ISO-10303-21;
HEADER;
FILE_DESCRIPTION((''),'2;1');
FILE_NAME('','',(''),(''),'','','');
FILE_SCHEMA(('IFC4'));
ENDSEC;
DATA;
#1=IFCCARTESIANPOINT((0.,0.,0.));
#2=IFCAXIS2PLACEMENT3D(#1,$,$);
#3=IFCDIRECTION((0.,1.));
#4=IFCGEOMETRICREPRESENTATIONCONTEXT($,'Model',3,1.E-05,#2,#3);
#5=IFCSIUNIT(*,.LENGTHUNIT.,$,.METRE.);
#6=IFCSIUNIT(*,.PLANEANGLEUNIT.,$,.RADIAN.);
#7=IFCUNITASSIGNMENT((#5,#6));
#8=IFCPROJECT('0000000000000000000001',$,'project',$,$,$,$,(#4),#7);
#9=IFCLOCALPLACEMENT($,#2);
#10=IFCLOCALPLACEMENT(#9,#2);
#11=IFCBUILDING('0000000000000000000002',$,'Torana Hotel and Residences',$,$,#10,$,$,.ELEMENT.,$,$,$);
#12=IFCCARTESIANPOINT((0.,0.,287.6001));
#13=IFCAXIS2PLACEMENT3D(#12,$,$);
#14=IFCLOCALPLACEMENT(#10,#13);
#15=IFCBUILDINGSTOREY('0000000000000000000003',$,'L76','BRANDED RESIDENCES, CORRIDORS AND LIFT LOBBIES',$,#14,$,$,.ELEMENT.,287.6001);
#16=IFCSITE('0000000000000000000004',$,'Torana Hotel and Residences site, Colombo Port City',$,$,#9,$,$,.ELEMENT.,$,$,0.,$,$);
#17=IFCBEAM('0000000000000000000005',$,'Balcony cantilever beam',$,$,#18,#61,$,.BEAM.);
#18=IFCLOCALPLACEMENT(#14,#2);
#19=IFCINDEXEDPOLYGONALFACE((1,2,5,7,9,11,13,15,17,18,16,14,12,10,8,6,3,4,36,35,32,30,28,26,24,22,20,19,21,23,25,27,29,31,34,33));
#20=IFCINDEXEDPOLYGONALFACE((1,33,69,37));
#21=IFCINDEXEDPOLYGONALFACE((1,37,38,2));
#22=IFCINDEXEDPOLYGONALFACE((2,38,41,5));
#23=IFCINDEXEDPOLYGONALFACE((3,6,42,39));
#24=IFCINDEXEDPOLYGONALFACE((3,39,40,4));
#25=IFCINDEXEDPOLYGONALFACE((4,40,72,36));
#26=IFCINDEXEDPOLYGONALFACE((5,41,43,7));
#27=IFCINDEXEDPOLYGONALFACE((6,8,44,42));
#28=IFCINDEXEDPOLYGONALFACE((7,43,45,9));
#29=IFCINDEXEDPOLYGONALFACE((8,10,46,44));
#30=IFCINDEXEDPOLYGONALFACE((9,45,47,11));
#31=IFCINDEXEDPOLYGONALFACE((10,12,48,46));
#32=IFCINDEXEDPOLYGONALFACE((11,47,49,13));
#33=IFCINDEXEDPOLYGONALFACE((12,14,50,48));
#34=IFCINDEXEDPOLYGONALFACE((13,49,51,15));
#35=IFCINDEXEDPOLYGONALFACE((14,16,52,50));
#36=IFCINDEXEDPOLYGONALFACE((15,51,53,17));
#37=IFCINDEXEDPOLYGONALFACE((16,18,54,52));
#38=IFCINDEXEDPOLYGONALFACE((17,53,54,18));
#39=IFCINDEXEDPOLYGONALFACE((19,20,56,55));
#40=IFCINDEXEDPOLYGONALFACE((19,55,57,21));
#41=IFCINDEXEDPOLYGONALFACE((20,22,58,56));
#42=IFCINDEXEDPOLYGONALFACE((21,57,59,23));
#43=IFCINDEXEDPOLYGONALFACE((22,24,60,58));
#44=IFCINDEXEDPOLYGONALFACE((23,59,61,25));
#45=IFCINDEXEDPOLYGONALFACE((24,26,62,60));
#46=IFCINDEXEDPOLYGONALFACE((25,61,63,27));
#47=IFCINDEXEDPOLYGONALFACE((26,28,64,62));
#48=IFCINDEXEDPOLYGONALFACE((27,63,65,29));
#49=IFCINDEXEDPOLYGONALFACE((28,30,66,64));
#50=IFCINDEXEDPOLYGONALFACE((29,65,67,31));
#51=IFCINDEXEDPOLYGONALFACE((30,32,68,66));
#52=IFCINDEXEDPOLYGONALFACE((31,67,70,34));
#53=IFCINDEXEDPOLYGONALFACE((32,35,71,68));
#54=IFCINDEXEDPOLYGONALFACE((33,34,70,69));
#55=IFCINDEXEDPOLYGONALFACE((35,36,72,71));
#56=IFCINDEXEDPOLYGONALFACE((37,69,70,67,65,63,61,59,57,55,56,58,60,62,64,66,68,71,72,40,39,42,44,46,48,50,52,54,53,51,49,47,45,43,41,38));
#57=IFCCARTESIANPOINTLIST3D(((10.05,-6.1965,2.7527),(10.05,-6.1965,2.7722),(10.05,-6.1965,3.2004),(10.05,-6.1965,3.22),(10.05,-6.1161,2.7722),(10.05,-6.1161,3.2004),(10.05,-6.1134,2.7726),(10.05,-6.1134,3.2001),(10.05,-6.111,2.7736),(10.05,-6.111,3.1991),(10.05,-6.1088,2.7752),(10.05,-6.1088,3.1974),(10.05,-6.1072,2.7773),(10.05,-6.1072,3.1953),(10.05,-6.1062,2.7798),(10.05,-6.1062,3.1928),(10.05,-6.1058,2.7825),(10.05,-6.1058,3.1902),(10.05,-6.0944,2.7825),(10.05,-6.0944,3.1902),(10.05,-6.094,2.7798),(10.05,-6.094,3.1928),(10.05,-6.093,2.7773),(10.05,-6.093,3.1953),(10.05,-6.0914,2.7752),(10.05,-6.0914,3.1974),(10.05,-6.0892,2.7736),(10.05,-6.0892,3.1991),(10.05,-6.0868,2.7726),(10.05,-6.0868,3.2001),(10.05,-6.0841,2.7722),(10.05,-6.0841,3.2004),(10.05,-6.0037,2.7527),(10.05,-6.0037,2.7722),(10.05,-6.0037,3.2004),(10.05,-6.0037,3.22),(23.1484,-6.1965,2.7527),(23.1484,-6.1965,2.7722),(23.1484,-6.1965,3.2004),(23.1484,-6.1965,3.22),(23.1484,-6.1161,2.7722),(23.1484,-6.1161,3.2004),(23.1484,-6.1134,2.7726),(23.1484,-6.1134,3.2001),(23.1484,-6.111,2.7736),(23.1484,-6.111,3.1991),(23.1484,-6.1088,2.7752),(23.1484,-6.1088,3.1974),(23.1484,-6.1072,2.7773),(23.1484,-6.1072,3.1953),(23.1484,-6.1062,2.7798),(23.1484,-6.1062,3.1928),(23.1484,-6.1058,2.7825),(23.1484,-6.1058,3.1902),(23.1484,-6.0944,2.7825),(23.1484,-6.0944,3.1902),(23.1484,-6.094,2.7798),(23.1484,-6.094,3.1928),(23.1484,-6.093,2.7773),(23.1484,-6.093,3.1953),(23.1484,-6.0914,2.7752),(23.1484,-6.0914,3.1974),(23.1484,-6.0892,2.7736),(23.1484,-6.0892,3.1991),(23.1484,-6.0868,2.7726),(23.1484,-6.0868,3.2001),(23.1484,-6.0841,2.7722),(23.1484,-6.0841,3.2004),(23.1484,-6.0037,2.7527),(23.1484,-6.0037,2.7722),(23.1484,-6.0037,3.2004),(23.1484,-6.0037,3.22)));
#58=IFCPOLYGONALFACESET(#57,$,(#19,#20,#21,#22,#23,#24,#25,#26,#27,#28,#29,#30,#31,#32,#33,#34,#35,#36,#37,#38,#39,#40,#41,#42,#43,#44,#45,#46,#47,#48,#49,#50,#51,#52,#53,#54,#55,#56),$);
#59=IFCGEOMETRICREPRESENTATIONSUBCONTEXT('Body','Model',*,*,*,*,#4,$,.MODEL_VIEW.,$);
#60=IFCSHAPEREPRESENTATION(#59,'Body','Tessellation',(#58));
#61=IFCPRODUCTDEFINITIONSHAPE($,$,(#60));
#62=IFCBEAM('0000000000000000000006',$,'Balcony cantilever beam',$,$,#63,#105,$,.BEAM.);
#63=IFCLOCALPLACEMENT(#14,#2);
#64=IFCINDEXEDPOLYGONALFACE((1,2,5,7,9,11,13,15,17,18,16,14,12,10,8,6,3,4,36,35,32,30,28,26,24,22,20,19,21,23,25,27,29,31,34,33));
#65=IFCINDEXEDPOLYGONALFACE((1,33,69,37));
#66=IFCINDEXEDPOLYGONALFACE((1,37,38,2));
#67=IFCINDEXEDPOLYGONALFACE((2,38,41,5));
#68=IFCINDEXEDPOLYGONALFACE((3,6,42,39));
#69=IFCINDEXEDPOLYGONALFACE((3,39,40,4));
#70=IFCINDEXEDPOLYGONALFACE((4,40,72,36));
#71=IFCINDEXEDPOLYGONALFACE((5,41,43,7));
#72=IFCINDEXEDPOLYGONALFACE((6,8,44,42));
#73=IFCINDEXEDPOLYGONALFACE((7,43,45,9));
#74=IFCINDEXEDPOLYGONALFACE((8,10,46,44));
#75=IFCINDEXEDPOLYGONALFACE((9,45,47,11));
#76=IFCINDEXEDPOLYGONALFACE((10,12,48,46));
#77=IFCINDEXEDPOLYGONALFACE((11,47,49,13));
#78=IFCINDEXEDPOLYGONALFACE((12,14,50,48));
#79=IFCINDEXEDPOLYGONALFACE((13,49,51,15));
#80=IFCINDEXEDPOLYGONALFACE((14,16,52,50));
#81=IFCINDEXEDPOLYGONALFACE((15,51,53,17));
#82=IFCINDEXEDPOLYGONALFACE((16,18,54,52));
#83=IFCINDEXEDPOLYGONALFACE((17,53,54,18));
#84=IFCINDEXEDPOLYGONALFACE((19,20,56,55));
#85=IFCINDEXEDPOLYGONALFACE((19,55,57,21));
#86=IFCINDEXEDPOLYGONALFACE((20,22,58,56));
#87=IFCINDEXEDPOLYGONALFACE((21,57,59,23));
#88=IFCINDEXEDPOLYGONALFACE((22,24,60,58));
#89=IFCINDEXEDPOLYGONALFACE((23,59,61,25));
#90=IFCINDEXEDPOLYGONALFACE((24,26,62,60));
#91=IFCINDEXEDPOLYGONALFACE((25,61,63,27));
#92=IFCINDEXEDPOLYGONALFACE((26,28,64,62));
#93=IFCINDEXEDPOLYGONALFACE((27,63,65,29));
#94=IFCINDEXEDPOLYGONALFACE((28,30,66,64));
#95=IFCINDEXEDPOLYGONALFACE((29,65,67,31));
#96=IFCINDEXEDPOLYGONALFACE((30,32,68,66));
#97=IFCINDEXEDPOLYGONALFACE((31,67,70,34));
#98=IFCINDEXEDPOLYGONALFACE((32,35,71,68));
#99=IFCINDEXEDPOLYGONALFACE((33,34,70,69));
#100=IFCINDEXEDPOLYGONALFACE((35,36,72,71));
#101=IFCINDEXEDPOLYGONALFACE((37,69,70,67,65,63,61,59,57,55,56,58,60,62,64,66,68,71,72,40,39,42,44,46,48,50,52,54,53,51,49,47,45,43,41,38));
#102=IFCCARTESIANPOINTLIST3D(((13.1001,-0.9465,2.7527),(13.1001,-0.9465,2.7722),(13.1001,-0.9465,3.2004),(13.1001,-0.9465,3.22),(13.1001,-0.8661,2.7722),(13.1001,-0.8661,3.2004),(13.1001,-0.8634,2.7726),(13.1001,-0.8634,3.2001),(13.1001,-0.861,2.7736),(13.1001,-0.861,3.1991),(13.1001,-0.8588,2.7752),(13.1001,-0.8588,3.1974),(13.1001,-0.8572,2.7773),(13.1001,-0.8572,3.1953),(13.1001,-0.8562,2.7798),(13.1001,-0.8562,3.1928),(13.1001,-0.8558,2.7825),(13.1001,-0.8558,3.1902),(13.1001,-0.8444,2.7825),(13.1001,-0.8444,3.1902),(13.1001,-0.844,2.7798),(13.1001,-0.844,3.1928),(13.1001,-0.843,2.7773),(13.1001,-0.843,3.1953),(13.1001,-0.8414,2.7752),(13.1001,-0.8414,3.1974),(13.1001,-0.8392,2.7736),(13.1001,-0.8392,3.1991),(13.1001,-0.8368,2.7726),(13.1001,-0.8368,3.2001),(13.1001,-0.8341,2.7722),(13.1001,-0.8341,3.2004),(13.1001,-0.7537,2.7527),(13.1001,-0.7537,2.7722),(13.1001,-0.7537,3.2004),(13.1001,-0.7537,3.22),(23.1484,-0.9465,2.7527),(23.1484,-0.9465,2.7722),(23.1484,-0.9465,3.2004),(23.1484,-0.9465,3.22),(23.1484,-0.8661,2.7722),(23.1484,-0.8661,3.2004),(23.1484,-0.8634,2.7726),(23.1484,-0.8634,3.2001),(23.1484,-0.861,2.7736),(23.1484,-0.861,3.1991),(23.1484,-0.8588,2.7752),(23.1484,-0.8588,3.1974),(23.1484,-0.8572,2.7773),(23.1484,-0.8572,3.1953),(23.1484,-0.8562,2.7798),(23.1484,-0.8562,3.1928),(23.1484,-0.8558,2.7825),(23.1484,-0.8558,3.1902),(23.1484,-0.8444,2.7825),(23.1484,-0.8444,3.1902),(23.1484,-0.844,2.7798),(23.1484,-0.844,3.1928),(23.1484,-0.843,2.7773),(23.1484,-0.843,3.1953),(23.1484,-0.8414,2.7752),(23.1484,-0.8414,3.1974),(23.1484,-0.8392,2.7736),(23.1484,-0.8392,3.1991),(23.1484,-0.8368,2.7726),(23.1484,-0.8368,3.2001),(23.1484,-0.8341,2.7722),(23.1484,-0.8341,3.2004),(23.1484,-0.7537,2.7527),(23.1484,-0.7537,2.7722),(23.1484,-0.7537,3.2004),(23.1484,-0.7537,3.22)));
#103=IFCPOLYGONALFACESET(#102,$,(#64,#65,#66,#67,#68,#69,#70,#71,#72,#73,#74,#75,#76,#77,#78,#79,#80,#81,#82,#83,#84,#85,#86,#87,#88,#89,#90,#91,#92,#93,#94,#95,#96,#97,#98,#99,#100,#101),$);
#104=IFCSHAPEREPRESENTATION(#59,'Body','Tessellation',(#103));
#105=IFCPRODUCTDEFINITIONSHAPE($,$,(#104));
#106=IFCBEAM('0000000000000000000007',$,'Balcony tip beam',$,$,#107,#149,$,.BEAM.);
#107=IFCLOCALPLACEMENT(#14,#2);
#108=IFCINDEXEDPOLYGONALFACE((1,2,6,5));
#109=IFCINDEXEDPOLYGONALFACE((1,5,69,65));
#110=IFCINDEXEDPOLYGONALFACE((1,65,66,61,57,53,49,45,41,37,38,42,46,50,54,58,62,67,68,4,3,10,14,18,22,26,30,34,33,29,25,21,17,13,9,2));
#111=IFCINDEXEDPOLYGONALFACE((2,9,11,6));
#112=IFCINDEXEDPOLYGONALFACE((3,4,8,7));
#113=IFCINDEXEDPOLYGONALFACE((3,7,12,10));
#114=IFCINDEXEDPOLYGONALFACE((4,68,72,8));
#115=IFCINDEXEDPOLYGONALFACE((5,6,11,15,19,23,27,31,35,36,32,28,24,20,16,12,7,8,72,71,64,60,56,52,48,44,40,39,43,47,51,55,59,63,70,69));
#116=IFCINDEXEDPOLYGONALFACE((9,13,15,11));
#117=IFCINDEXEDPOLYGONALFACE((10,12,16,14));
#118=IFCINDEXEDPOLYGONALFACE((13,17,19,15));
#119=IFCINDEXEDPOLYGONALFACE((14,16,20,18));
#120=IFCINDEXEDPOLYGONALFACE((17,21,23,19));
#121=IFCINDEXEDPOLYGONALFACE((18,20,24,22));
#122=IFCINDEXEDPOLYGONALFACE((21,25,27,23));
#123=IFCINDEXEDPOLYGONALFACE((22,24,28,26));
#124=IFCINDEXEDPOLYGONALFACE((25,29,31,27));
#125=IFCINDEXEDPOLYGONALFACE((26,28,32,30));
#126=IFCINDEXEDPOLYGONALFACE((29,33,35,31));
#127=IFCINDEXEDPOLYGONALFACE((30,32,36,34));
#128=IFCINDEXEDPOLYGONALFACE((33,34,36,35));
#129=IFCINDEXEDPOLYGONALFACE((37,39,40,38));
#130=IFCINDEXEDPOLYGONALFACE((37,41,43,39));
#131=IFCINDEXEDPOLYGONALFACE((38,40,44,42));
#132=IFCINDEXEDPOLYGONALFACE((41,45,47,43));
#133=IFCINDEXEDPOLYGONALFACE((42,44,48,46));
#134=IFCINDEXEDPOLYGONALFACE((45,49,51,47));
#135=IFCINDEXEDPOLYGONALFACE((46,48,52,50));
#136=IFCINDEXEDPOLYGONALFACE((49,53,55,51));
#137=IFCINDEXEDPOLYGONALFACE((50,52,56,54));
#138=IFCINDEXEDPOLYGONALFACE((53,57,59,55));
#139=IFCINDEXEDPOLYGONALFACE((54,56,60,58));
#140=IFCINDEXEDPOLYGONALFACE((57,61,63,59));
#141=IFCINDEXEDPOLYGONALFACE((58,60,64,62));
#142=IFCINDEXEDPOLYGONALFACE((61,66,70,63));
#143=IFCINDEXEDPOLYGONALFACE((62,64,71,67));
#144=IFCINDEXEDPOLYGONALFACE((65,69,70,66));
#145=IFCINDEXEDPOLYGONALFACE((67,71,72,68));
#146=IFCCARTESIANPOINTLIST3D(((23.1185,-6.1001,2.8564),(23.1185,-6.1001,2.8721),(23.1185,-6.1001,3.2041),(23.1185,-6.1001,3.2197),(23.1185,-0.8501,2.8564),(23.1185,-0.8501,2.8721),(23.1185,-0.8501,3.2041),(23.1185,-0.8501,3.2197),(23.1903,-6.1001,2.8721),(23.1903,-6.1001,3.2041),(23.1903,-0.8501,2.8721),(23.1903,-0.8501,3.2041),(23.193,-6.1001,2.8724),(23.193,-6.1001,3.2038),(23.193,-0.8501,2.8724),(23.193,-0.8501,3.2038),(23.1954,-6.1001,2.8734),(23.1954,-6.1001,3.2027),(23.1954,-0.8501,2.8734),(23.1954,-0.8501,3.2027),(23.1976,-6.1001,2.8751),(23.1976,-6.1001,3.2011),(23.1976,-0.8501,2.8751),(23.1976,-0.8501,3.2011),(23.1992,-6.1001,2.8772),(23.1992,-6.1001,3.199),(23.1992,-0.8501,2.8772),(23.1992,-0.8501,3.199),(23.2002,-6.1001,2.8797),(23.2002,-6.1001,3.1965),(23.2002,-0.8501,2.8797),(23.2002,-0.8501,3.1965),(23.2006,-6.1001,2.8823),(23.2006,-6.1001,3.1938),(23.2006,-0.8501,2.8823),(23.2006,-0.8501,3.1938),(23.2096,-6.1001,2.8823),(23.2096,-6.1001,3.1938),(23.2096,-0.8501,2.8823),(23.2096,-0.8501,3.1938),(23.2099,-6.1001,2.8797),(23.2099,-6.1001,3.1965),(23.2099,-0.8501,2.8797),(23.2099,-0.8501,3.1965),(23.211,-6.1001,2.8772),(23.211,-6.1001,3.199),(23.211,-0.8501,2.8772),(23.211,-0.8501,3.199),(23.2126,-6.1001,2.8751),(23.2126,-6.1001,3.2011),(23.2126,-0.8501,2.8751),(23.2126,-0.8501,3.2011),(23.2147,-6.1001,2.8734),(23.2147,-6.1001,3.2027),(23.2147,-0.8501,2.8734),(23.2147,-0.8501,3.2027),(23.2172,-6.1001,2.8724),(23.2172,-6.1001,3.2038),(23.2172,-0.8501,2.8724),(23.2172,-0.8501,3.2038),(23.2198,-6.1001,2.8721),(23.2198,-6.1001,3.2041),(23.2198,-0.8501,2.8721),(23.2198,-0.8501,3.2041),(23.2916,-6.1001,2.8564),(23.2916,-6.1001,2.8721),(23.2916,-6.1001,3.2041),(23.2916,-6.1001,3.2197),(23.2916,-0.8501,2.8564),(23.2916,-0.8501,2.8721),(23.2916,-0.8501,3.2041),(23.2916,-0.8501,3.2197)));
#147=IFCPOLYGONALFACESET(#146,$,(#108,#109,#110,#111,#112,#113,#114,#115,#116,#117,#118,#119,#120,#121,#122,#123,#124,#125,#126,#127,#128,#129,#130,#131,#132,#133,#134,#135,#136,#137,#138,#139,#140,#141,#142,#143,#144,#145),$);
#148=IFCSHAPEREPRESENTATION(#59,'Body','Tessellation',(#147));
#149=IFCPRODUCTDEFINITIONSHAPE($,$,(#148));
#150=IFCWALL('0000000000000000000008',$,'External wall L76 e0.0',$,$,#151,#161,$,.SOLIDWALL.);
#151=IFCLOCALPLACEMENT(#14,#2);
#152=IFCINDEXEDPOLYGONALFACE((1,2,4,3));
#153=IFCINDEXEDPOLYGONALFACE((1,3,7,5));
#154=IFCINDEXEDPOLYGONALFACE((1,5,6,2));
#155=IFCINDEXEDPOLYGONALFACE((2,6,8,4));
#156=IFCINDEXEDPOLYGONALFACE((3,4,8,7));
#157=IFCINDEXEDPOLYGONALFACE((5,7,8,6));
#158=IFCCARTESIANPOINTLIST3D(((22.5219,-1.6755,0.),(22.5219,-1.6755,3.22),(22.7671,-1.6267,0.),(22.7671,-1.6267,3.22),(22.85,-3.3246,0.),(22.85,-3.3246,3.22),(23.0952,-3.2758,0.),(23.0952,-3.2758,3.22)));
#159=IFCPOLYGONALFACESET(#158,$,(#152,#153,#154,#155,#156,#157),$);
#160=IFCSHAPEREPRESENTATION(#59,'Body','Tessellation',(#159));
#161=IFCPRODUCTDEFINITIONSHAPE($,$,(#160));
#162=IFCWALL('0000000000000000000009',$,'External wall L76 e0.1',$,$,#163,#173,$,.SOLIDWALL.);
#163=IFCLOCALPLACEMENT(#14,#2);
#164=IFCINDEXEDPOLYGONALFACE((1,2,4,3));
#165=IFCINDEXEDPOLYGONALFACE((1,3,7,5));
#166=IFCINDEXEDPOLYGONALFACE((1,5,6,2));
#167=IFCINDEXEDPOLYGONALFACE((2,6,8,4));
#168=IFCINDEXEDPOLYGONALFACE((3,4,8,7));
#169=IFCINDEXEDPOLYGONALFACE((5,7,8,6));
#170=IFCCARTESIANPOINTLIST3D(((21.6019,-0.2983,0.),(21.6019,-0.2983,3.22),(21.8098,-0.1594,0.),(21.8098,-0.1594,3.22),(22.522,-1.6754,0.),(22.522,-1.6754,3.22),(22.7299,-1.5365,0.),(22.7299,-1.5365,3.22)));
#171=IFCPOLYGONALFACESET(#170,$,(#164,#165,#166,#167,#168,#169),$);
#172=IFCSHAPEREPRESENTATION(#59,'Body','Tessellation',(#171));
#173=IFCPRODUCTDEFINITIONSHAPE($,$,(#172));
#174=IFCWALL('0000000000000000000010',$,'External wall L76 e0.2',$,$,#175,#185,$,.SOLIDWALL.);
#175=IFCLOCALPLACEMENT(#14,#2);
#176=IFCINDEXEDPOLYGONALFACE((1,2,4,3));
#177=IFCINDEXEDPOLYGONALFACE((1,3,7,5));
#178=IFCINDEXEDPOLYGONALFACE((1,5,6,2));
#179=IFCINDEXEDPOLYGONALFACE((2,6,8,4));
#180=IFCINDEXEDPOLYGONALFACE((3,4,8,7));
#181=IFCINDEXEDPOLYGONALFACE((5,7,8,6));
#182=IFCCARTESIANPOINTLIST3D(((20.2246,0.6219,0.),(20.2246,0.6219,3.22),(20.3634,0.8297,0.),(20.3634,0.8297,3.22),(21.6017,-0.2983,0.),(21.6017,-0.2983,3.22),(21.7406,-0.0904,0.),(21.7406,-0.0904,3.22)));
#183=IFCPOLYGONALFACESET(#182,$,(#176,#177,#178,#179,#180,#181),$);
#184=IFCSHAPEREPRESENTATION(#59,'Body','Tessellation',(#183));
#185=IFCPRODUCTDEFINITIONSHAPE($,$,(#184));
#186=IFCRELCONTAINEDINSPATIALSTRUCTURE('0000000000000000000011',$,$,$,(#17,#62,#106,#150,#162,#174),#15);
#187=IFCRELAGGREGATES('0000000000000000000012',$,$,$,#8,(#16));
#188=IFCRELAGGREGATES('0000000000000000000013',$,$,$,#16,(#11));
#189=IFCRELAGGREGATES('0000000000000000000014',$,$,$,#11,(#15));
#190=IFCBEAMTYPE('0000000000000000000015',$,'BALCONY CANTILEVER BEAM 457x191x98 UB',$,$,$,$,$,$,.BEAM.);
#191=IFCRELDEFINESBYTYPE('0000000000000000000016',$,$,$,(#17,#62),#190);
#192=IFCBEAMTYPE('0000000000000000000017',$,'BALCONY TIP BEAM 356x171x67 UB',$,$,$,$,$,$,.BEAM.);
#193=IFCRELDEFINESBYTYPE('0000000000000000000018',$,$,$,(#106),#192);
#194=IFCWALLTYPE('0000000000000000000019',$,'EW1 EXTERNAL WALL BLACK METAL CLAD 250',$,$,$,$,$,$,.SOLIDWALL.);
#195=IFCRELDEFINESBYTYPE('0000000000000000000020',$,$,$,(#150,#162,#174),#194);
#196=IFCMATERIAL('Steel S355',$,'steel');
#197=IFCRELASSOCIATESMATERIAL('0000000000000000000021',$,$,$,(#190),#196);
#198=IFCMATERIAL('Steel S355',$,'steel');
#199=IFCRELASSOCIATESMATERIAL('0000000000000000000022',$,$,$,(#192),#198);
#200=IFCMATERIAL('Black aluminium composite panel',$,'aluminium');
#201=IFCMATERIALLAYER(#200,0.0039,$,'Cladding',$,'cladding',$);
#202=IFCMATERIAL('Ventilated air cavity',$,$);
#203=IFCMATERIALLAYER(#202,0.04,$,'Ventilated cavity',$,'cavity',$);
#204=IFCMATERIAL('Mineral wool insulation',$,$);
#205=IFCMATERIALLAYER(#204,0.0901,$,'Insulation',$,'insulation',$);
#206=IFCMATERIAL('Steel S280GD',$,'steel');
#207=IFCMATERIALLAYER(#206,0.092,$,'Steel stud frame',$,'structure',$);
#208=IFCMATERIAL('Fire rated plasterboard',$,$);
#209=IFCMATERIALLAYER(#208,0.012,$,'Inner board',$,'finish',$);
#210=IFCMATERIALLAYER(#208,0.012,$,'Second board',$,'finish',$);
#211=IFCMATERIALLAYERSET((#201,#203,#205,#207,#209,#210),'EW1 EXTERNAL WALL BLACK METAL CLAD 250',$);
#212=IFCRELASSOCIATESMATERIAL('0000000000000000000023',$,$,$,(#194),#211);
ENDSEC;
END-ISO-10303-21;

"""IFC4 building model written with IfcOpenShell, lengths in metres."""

from ifc_helpers import new_model, si_unit, direction, frame, frame_2d, origin, origin_2d, place, context, subcontext, project, spatial, rectangle, i_section, extrude, material, layer, layer_set, material_profile, profile_set, type_object, element, save


model = new_model("IFC4")

# Units and contexts
model_context = context("Model", 3, precision=1e-05, world=origin(), true_north=direction((0.0, 1.0)))
body_context = subcontext(model_context, "Body", "Model", "MODEL_VIEW")
ifc_project = project(units=[si_unit("LENGTHUNIT", "METRE"), si_unit("PLANEANGLEUNIT", "RADIAN")], contexts=[model_context])

# Site, building, storey
site_placement = place(None, origin())
site = spatial("IfcSite", under=ifc_project, at=site_placement, Name="Torana Hotel and Residences site, Colombo Port City", CompositionType="ELEMENT", RefElevation=0.0)
building_placement = place(site_placement, origin())
building = spatial("IfcBuilding", under=site, at=building_placement, Name="Torana Hotel and Residences", CompositionType="ELEMENT")
storey_placement = place(building_placement, frame((0.0, 0.0, 287.6001)))
storey = spatial("IfcBuildingStorey", under=building, at=storey_placement, Name="L76", Description="BRANDED RESIDENCES, CORRIDORS AND LIFT LOBBIES", CompositionType="ELEMENT", Elevation=287.6001)

# Beams
ifc_material_1 = material(Name="Steel S355", Category="steel")
ifc_material_profile_1 = material_profile(ifc_material_1, i_section(OverallWidth=0.1929, OverallDepth=0.4673, WebThickness=0.0115, FlangeThickness=0.0195, FilletRadius=0.0103, at=origin_2d()), Name="457x191x98 UB")
ifc_profile_set_1 = profile_set([ifc_material_profile_1], Name="Steel S355")
beam_type_1 = type_object("IfcBeamType", Name="BALCONY CANTILEVER BEAM 457x191x98 UB", PredefinedType="BEAM", material=ifc_profile_set_1)
beam_1_placement = place(storey_placement, frame((23.1484, -6.1001, 2.9863), z_axis=(-1.0, 0.0, 0.0), x_axis=(0.0, -1.0, 0.0)))
element("IfcBeam", 1, at=beam_1_placement, inside=storey, type_object=beam_type_1, Name="Balcony cantilever beam", PredefinedType="BEAM", context=body_context, shape_type="SweptSolid", body=[
    extrude(i_section(OverallWidth=0.1929, OverallDepth=0.4673, WebThickness=0.0115, FlangeThickness=0.0195, FilletRadius=0.0103, at=origin_2d()), origin(), (0.0, 0.0, 1.0), 13.0984),
])
beam_2_placement = place(storey_placement, frame((23.1484, -0.8501, 2.9863), z_axis=(-1.0, 0.0, 0.0), x_axis=(0.0, -1.0, 0.0)))
element("IfcBeam", 2, at=beam_2_placement, inside=storey, type_object=beam_type_1, Name="Balcony cantilever beam", PredefinedType="BEAM", context=body_context, shape_type="SweptSolid", body=[
    extrude(i_section(OverallWidth=0.1929, OverallDepth=0.4673, WebThickness=0.0115, FlangeThickness=0.0195, FilletRadius=0.0103, at=origin_2d()), origin(), (0.0, 0.0, 1.0), 10.0483),
])
ifc_material_2 = material(Name="Steel S355", Category="steel")
ifc_material_profile_2 = material_profile(ifc_material_2, i_section(OverallWidth=0.1731, OverallDepth=0.3633, WebThickness=0.009, FlangeThickness=0.0156, FilletRadius=0.0103, at=origin_2d()), Name="356x171x67 UB")
ifc_profile_set_2 = profile_set([ifc_material_profile_2], Name="Steel S355")
beam_type_2 = type_object("IfcBeamType", Name="BALCONY TIP BEAM 356x171x67 UB", PredefinedType="BEAM", material=ifc_profile_set_2)
beam_3_placement = place(storey_placement, frame((23.2051, -6.1001, 3.0381), z_axis=(0.0, 1.0, 0.0), x_axis=(-1.0, 0.0, 0.0)))
element("IfcBeam", 3, at=beam_3_placement, inside=storey, type_object=beam_type_2, Name="Balcony tip beam", PredefinedType="BEAM", context=body_context, shape_type="SweptSolid", body=[
    extrude(i_section(OverallWidth=0.1731, OverallDepth=0.3633, WebThickness=0.009, FlangeThickness=0.0156, FilletRadius=0.0103, at=origin_2d()), origin(), (0.0, 0.0, 1.0), 5.25),
])

# Walls
ifc_material_3 = material(Name="Black aluminium composite panel", Category="aluminium")
ifc_layer_1 = layer(ifc_material_3, 0.0039, Name="Cladding", Category="cladding")
ifc_material_4 = material(Name="Ventilated air cavity")
ifc_layer_2 = layer(ifc_material_4, 0.04, Name="Ventilated cavity", Category="cavity")
ifc_material_5 = material(Name="Mineral wool insulation")
ifc_layer_3 = layer(ifc_material_5, 0.0901, Name="Insulation", Category="insulation")
ifc_material_6 = material(Name="Steel S280GD", Category="steel")
ifc_layer_4 = layer(ifc_material_6, 0.092, Name="Steel stud frame", Category="structure")
ifc_material_7 = material(Name="Fire rated plasterboard")
ifc_layer_5 = layer(ifc_material_7, 0.012, Name="Inner board", Category="finish")
ifc_layer_6 = layer(ifc_material_7, 0.012, Name="Second board", Category="finish")
ifc_layer_set_1 = layer_set([ifc_layer_1, ifc_layer_2, ifc_layer_3, ifc_layer_4, ifc_layer_5, ifc_layer_6], Name="EW1 EXTERNAL WALL BLACK METAL CLAD 250")
wall_type_1 = type_object("IfcWallType", Name="EW1 EXTERNAL WALL BLACK METAL CLAD 250", PredefinedType="SOLIDWALL", material=ifc_layer_set_1)
wall_1_placement = place(storey_placement, frame((22.9727, -3.3003, 0.0), z_axis=(0.0, 0.0, 1.0), x_axis=(-0.195139, 0.980776, 0.0)))
element("IfcWall", 4, at=wall_1_placement, inside=storey, type_object=wall_type_1, Name="External wall L76 e0.0", PredefinedType="SOLIDWALL", context=body_context, shape_type="SweptSolid", body=[
    extrude(rectangle(XDim=1.6814, YDim=0.25, at=frame_2d((0.8408, 0.0))), origin(), (0.0, 0.0, 1.0), 3.22),
])
for number, where, z_axis, x_axis, name in (
    (5, (22.626, -1.606, 0.0), (0.0, 0.0, 1.0), (-0.55555, 0.831483, 0.0), "External wall L76 e0.1"),
    (6, (21.6711, -0.1943, 0.0), (0.0, 0.0, 1.0), (-0.831483, 0.55555, 0.0), "External wall L76 e0.2"),
):
    element("IfcWall", number, at=place(storey_placement, frame(where, z_axis=z_axis, x_axis=x_axis)), inside=storey, type_object=wall_type_1, Name=name, PredefinedType="SOLIDWALL", context=body_context, shape_type="SweptSolid", body=[
        extrude(rectangle(XDim=1.6562, YDim=0.25, at=frame_2d((0.8281, 0.0))), origin(), (0.0, 0.0, 1.0), 3.22),
    ])

save(model, "model.ifc")
